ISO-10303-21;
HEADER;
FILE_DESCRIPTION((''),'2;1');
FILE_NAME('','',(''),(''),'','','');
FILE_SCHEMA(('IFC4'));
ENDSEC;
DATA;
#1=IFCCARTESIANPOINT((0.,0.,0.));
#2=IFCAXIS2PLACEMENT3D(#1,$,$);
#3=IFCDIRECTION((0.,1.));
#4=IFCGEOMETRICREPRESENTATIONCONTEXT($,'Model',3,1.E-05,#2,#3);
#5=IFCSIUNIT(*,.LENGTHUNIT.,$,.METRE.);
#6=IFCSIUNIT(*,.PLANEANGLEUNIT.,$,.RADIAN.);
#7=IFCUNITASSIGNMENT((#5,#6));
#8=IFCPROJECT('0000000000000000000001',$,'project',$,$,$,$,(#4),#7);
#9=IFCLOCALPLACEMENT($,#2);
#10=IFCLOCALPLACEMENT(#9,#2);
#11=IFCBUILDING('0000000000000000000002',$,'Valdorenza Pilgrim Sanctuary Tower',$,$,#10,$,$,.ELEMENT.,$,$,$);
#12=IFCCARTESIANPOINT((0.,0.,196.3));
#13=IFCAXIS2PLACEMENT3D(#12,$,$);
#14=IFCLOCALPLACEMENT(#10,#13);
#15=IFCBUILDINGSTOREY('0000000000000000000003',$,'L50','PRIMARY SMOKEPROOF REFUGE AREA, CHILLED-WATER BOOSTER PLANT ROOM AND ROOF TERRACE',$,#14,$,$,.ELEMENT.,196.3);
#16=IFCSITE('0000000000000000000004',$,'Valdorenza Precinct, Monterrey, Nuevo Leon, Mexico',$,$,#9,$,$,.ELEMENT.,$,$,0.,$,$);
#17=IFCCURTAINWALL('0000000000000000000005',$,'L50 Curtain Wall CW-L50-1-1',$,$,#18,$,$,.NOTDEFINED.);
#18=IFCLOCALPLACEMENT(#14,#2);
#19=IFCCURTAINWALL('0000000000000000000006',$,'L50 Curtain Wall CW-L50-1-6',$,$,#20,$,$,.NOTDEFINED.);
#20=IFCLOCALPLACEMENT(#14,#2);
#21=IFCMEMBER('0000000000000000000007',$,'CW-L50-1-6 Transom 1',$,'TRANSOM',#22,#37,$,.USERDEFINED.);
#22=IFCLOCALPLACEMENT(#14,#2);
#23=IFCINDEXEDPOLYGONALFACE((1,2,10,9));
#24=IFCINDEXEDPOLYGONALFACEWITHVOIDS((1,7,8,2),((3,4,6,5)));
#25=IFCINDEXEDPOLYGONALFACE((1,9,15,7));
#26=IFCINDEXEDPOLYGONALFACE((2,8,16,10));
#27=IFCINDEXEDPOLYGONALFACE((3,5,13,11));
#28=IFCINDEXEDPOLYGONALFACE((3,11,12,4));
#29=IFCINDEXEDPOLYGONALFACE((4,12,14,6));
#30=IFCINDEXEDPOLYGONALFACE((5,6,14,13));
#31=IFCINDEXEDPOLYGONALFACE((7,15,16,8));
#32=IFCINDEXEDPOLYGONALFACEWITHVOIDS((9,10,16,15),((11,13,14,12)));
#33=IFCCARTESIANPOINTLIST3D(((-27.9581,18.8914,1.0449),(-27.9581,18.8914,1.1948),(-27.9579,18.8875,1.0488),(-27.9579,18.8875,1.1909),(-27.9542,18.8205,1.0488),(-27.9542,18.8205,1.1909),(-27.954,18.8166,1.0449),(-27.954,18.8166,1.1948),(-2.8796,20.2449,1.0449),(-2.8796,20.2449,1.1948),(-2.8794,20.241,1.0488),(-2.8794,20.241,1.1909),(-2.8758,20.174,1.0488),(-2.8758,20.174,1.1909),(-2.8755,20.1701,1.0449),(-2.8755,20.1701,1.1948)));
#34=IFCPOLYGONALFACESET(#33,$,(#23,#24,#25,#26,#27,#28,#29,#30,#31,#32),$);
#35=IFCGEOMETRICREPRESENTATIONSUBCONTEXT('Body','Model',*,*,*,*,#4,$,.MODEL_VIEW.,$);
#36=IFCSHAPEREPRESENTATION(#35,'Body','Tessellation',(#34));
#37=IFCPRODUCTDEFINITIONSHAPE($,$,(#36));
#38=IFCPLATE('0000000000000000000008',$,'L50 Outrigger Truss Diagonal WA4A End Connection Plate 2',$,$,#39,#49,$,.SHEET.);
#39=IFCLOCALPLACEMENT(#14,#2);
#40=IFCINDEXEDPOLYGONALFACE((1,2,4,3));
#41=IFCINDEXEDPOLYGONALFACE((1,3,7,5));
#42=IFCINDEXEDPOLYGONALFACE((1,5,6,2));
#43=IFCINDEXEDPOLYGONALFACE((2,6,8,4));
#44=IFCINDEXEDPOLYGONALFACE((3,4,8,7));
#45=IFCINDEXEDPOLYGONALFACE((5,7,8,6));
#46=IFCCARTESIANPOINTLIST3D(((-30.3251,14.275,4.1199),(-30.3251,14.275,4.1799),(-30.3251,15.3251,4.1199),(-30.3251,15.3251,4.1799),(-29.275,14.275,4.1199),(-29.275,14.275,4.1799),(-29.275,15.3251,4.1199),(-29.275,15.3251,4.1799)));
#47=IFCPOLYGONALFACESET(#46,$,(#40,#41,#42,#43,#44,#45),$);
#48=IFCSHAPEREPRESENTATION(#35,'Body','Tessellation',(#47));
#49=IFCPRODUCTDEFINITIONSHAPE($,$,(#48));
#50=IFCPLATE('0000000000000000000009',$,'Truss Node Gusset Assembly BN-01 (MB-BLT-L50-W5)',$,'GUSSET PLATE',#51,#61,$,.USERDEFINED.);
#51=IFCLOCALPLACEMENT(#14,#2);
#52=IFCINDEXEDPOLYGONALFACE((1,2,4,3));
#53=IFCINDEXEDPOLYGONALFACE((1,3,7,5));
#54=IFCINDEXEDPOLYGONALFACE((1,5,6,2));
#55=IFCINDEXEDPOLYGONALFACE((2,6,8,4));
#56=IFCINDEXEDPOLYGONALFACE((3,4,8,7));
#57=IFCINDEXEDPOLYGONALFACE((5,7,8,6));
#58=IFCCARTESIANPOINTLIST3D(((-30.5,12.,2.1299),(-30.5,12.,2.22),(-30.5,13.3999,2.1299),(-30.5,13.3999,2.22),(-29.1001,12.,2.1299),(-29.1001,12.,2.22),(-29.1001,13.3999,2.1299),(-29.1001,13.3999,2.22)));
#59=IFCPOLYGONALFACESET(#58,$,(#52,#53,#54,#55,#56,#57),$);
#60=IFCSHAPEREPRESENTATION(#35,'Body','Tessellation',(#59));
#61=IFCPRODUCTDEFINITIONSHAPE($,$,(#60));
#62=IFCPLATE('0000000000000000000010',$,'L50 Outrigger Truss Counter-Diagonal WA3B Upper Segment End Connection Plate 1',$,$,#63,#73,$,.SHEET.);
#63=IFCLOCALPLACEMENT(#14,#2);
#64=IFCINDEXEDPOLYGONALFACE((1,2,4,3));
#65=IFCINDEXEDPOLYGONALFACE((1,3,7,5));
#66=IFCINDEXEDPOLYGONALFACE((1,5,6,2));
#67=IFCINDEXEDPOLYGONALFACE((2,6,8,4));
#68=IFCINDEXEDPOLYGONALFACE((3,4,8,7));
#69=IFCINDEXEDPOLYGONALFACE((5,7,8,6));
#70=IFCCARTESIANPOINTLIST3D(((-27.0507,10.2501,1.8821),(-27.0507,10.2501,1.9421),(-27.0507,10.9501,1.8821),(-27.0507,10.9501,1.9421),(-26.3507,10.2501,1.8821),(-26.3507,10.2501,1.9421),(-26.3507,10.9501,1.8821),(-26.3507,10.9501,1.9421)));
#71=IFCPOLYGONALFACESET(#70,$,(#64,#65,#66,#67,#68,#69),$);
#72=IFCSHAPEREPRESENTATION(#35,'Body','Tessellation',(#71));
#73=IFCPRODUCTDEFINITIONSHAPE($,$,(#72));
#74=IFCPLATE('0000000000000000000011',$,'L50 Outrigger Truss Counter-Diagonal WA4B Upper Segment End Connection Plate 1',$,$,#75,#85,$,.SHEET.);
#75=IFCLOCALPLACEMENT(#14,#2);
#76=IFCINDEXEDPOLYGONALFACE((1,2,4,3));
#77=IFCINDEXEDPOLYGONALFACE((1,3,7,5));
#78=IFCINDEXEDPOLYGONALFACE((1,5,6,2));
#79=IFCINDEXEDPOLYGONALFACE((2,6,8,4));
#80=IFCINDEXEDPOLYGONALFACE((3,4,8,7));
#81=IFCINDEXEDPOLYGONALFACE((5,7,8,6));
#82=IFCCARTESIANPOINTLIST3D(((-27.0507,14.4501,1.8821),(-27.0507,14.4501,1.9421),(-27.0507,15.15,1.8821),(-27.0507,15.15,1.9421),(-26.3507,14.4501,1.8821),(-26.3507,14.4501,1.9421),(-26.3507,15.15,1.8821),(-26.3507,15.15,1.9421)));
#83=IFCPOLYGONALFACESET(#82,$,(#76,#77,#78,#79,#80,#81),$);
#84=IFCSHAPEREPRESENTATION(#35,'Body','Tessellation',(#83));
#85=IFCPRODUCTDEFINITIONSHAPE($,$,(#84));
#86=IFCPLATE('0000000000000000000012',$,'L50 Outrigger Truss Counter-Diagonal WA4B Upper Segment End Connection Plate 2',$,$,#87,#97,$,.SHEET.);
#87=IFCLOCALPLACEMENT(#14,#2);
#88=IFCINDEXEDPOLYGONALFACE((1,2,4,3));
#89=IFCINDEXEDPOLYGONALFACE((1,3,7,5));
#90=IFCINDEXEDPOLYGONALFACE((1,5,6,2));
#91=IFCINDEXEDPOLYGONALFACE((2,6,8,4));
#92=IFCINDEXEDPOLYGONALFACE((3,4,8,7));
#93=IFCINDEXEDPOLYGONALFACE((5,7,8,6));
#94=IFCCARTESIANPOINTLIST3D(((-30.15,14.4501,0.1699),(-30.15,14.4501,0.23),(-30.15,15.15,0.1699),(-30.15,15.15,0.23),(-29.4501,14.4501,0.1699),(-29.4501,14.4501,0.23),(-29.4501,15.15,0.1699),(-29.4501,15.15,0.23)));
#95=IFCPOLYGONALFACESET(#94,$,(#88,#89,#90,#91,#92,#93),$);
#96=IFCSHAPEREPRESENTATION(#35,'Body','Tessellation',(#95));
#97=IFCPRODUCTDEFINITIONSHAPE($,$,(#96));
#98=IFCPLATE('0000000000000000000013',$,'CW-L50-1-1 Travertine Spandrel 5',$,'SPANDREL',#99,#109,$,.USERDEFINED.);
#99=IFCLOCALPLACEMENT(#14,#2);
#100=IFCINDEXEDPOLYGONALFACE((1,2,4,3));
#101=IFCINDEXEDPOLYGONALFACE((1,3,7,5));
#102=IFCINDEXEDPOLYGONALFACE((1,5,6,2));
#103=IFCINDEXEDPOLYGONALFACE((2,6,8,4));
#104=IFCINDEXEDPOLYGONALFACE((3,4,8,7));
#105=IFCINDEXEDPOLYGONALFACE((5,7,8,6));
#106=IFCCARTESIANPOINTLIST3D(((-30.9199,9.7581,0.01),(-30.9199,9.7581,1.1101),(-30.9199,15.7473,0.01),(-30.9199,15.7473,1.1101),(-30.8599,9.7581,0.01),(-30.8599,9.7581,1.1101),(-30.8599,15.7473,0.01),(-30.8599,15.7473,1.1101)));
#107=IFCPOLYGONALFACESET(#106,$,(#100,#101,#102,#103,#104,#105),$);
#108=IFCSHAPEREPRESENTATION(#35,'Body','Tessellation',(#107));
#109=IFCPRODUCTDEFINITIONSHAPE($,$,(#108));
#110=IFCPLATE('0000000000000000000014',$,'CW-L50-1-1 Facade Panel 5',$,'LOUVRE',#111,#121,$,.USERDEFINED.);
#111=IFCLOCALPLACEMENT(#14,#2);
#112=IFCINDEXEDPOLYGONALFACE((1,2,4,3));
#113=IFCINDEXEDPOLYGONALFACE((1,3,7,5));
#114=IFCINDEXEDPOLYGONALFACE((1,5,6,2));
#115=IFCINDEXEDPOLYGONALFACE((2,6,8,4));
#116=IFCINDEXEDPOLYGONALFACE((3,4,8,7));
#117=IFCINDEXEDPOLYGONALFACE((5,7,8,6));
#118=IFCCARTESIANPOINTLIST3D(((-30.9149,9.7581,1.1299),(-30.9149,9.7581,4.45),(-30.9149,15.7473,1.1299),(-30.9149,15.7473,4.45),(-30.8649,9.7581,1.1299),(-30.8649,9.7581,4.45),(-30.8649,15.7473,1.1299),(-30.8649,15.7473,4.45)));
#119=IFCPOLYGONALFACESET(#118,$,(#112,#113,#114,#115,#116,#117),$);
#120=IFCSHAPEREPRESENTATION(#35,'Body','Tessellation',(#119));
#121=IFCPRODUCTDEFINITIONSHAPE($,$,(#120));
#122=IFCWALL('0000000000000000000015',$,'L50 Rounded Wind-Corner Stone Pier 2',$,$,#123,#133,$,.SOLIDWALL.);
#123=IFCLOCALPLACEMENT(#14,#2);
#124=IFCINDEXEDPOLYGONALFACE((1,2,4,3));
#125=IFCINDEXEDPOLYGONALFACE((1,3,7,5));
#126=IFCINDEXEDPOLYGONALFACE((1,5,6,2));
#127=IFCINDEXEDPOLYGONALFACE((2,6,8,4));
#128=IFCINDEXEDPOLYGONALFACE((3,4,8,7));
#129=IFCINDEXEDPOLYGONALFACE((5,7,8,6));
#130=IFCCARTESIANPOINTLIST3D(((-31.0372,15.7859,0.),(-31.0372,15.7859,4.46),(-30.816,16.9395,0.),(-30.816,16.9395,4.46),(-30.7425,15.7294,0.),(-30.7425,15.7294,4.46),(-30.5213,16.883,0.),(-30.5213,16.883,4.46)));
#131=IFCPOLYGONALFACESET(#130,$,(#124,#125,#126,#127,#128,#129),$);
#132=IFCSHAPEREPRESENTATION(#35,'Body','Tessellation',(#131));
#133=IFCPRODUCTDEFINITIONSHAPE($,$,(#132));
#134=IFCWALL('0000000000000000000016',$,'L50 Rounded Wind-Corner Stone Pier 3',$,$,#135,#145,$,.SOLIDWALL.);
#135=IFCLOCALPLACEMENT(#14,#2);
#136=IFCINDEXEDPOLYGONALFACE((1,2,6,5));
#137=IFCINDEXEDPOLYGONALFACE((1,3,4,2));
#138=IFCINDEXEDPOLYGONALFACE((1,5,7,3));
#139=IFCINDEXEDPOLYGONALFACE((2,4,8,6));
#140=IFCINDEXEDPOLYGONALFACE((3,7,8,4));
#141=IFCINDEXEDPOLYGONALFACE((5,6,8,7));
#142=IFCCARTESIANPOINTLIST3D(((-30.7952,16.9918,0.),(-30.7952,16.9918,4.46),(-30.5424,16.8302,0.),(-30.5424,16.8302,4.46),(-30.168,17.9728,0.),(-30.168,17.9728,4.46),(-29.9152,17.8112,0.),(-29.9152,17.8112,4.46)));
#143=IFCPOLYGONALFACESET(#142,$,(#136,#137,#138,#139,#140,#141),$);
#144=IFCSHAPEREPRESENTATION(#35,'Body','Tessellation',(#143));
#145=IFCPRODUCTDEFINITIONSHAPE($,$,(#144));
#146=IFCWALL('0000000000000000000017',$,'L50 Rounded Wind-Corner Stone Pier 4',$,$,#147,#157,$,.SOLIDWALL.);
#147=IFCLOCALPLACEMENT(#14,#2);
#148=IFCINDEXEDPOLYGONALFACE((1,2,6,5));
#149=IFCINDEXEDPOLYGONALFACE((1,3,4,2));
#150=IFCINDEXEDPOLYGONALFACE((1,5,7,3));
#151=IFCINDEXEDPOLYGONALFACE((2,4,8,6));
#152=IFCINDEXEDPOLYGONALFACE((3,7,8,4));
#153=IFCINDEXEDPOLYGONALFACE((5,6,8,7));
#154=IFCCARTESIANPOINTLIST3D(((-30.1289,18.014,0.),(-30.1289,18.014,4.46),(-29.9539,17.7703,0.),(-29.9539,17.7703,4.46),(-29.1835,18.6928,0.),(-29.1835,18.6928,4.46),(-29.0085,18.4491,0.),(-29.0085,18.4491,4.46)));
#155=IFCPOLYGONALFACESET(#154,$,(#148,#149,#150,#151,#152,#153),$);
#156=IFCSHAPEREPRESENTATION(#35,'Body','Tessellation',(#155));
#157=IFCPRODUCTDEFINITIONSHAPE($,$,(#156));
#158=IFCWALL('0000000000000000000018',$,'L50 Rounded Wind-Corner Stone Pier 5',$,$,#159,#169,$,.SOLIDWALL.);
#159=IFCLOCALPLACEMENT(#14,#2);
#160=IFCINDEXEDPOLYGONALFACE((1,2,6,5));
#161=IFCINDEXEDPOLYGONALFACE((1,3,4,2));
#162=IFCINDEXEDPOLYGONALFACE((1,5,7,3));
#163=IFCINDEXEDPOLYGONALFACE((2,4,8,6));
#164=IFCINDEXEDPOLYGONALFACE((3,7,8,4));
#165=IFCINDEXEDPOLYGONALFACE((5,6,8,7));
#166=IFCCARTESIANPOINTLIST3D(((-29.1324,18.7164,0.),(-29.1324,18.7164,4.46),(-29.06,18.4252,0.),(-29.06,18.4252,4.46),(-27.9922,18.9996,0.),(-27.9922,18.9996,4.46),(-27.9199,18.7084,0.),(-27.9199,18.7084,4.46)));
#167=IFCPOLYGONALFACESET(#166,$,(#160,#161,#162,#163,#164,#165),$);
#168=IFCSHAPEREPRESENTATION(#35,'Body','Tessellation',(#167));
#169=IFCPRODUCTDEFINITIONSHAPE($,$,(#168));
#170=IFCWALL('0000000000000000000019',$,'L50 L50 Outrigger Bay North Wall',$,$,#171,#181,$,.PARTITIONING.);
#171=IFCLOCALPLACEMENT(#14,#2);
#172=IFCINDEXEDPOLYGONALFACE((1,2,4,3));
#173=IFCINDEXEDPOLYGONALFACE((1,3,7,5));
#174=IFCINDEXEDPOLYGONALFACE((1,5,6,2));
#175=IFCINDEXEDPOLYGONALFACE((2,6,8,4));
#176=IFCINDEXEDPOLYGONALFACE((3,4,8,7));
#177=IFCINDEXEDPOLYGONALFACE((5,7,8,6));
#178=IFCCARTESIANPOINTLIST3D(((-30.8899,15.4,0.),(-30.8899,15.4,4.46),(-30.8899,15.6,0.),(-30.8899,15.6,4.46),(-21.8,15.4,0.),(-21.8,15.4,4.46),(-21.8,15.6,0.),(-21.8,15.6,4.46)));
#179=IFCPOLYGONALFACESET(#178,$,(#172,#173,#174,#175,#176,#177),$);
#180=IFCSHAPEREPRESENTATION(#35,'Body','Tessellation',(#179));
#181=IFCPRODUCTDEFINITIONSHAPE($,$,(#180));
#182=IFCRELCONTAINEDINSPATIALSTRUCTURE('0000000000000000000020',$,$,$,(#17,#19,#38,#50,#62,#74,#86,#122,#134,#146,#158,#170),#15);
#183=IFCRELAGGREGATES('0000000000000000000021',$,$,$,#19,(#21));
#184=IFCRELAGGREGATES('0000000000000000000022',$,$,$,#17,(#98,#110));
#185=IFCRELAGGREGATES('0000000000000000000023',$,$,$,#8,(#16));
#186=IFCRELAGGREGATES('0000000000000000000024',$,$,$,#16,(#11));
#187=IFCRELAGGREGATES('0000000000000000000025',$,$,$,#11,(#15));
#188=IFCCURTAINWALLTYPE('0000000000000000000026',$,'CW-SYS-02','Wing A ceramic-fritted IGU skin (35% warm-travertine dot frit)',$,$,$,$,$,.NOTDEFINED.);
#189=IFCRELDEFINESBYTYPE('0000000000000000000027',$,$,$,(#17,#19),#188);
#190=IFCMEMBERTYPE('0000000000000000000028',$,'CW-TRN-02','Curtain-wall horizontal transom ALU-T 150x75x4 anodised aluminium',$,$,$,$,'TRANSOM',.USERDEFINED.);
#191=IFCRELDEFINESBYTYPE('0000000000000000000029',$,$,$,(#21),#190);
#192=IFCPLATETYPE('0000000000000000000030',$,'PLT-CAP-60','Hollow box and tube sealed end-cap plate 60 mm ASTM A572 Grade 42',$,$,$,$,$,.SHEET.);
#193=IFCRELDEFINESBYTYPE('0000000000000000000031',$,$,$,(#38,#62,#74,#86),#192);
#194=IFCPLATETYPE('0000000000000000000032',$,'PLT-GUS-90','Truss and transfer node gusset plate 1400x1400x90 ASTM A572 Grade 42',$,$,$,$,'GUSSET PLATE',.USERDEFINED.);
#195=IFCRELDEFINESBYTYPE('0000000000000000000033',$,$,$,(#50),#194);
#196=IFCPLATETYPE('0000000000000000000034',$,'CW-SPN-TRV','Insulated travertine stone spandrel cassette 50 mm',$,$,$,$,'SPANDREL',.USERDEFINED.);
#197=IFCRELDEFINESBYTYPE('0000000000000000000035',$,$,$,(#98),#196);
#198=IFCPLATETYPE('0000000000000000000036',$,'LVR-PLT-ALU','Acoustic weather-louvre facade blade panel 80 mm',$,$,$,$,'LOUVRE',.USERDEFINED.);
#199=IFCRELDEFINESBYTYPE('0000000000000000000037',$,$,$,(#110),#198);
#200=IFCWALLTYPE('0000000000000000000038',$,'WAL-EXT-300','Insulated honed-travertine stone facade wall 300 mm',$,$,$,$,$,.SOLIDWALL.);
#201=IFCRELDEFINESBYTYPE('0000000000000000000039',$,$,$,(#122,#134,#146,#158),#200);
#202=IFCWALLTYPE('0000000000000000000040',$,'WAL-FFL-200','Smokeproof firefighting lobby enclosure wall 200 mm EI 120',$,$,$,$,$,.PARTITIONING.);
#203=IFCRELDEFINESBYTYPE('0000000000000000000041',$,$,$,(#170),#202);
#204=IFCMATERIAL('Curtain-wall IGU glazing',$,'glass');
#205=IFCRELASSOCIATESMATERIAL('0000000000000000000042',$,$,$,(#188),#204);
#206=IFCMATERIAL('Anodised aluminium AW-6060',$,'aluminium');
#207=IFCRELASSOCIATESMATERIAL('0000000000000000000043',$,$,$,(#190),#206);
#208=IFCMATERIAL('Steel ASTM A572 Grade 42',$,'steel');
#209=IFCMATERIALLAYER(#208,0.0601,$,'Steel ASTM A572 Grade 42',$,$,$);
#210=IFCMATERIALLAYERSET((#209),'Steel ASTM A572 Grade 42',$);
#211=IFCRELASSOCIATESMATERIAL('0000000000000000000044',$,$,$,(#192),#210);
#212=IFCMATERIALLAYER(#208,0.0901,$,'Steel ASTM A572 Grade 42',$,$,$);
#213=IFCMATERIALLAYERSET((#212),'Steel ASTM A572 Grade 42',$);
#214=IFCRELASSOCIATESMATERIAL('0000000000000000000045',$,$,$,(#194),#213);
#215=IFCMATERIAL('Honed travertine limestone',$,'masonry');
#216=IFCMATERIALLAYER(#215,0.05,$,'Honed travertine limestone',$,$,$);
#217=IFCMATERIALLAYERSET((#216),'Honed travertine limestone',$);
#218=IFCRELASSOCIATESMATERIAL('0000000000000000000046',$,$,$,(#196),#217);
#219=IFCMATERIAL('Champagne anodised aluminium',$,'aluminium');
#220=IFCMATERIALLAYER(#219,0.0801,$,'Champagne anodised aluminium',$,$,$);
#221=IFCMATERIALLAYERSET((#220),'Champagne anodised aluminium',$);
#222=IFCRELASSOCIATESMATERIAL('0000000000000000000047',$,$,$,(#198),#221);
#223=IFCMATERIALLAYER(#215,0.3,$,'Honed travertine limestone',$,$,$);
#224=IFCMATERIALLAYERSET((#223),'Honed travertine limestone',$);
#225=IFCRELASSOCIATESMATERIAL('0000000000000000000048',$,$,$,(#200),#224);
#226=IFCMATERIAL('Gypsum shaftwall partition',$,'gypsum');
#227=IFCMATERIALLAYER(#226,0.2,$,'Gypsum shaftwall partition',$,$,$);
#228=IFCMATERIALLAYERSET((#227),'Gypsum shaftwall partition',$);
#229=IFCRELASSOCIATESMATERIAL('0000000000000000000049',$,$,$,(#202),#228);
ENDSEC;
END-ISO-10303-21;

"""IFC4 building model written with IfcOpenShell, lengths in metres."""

from ifc_helpers import new_model, si_unit, direction, frame, frame_2d, origin, origin_2d, place, context, subcontext, project, spatial, rectangle, hollow_rectangle, extrude, source, transform, mapped, material, layer, layer_set, material_profile, profile_set, type_object, element, aggregate, save


model = new_model("IFC4")

# Units and contexts
model_context = context("Model", 3, precision=1e-05, world=origin(), true_north=direction((0.0, 1.0)))
body_context = subcontext(model_context, "Body", "Model", "MODEL_VIEW")
ifc_project = project(units=[si_unit("LENGTHUNIT", "METRE"), si_unit("PLANEANGLEUNIT", "RADIAN")], contexts=[model_context])

# Site, building, storey
site_placement = place(None, origin())
site = spatial("IfcSite", under=ifc_project, at=site_placement, Name="Valdorenza Precinct, Monterrey, Nuevo Leon, Mexico", CompositionType="ELEMENT", RefElevation=0.0)
building_placement = place(site_placement, origin())
building = spatial("IfcBuilding", under=site, at=building_placement, Name="Valdorenza Pilgrim Sanctuary Tower", CompositionType="ELEMENT")
storey_placement = place(building_placement, frame((0.0, 0.0, 196.3)))
storey = spatial("IfcBuildingStorey", under=building, at=storey_placement, Name="L50", Description="PRIMARY SMOKEPROOF REFUGE AREA, CHILLED-WATER BOOSTER PLANT ROOM AND ROOF TERRACE", CompositionType="ELEMENT", Elevation=196.3)

# Curtain wall
ifc_material_1 = material(Name="Curtain-wall IGU glazing", Category="glass")
curtain_wall_type = type_object("IfcCurtainWallType", Name="CW-SYS-02", Description="Wing A ceramic-fritted IGU skin (35% warm-travertine dot frit)", PredefinedType="NOTDEFINED", material=ifc_material_1)
curtain_wall_1_placement = place(storey_placement, origin())
curtain_wall_1 = element("IfcCurtainWall", 1, at=curtain_wall_1_placement, inside=storey, type_object=curtain_wall_type, Name="L50 Curtain Wall CW-L50-1-1", PredefinedType="NOTDEFINED")
ifc_material_2 = material(Name="Anodised aluminium AW-6060", Category="aluminium")

# Curtain wall, member
curtain_wall_2_placement = place(storey_placement, origin())
curtain_wall_2 = element("IfcCurtainWall", 2, at=curtain_wall_2_placement, inside=storey, type_object=curtain_wall_type, Name="L50 Curtain Wall CW-L50-1-6", PredefinedType="NOTDEFINED")
ifc_material_profile_1 = material_profile(ifc_material_2, hollow_rectangle(XDim=0.075, YDim=0.1499, WallThickness=0.0039, at=origin_2d()), Name="ALU-T 150x75x4")
ifc_profile_set_1 = profile_set([ifc_material_profile_1], Name="Anodised aluminium AW-6060")
member_type_1 = type_object("IfcMemberType", Name="CW-TRN-02", Description="Curtain-wall horizontal transom ALU-T 150x75x4 anodised aluminium", ElementType="TRANSOM", PredefinedType="USERDEFINED", material=ifc_profile_set_1)
shared_shape_1 = source(origin(), body_context, "Body", "SweptSolid", [
    extrude(hollow_rectangle(XDim=0.075, YDim=0.1499, WallThickness=0.0039, at=origin_2d()), origin(), (0.0, 0.0, 1.0), 25.115),
])
member_1_placement = place(storey_placement, frame((-27.9561, 18.854, 1.1199), z_axis=(0.998547, 0.053893, 0.0), x_axis=(-0.053893, 0.998547, 0.0)))
member_1 = element("IfcMember", 3, at=member_1_placement, type_object=member_type_1, Name="CW-L50-1-6 Transom 1", ObjectType="TRANSOM", PredefinedType="USERDEFINED", context=body_context, shape_type="MappedRepresentation", body=[
    mapped(shared_shape_1, transform((0.0, 0.0, 0.0), x_axis=(1.0, 0.0, 0.0), y_axis=(0.0, 1.0, 0.0), z_axis=(0.0, 0.0, 1.0), scale=1.0)),
])
aggregate(curtain_wall_2, [member_1])

# Plates
ifc_material_3 = material(Name="Steel ASTM A572 Grade 42", Category="steel")
ifc_layer_1 = layer(ifc_material_3, 0.0601, Name="Steel ASTM A572 Grade 42")
ifc_layer_set_1 = layer_set([ifc_layer_1], Name="Steel ASTM A572 Grade 42")
plate_type_1 = type_object("IfcPlateType", Name="PLT-CAP-60", Description="Hollow box and tube sealed end-cap plate 60 mm ASTM A572 Grade 42", PredefinedType="SHEET", material=ifc_layer_set_1)
shared_shape_2 = source(origin(), body_context, "Body", "SweptSolid", [
    extrude(rectangle(XDim=1.05, YDim=1.05, at=origin_2d()), origin(), (0.0, 0.0, 1.0), 0.0601),
])
plate_1_placement = place(storey_placement, frame((-29.8, 14.8, 4.1199), z_axis=(0.0, 0.0, 1.0), x_axis=(1.0, 0.0, 0.0)))
element("IfcPlate", 4, at=plate_1_placement, inside=storey, type_object=plate_type_1, Name="L50 Outrigger Truss Diagonal WA4A End Connection Plate 2", PredefinedType="SHEET", context=body_context, shape_type="MappedRepresentation", body=[
    mapped(shared_shape_2, transform((0.0, 0.0, 0.0), x_axis=(1.0, 0.0, 0.0), y_axis=(0.0, 1.0, 0.0), z_axis=(0.0, 0.0, 1.0), scale=1.0)),
])
ifc_layer_2 = layer(ifc_material_3, 0.0901, Name="Steel ASTM A572 Grade 42")
ifc_layer_set_2 = layer_set([ifc_layer_2], Name="Steel ASTM A572 Grade 42")
plate_type_2 = type_object("IfcPlateType", Name="PLT-GUS-90", Description="Truss and transfer node gusset plate 1400x1400x90 ASTM A572 Grade 42", ElementType="GUSSET PLATE", PredefinedType="USERDEFINED", material=ifc_layer_set_2)
shared_shape_3 = source(origin(), body_context, "Body", "SweptSolid", [
    extrude(rectangle(XDim=1.3999, YDim=1.3999, at=origin_2d()), origin(), (0.0, 0.0, 1.0), 0.0901),
])
plate_2_placement = place(storey_placement, frame((-29.8, 12.7, 2.1299), z_axis=(0.0, 0.0, 1.0), x_axis=(1.0, 0.0, 0.0)))
element("IfcPlate", 5, at=plate_2_placement, inside=storey, type_object=plate_type_2, Name="Truss Node Gusset Assembly BN-01 (MB-BLT-L50-W5)", ObjectType="GUSSET PLATE", PredefinedType="USERDEFINED", context=body_context, shape_type="MappedRepresentation", body=[
    mapped(shared_shape_3, transform((0.0, 0.0, 0.0), x_axis=(1.0, 0.0, 0.0), y_axis=(0.0, 1.0, 0.0), z_axis=(0.0, 0.0, 1.0), scale=1.0)),
])
shared_shape_4 = source(origin(), body_context, "Body", "SweptSolid", [
    extrude(rectangle(XDim=0.7, YDim=0.7, at=origin_2d()), origin(), (0.0, 0.0, 1.0), 0.0601),
])
for number, where, z_axis, x_axis, name in (
    (6, (-26.7007, 10.6001, 1.8821), (0.0, 0.0, 1.0), (1.0, 0.0, 0.0), "L50 Outrigger Truss Counter-Diagonal WA3B Upper Segment End Connection Plate 1"),
    (7, (-26.7007, 14.8, 1.8821), (0.0, 0.0, 1.0), (1.0, 0.0, 0.0), "L50 Outrigger Truss Counter-Diagonal WA4B Upper Segment End Connection Plate 1"),
    (8, (-29.8, 14.8, 0.1699), (0.0, 0.0, 1.0), (1.0, 0.0, 0.0), "L50 Outrigger Truss Counter-Diagonal WA4B Upper Segment End Connection Plate 2"),
):
    element("IfcPlate", number, at=place(storey_placement, frame(where, z_axis=z_axis, x_axis=x_axis)), inside=storey, type_object=plate_type_1, Name=name, PredefinedType="SHEET", context=body_context, shape_type="MappedRepresentation", body=[
        mapped(shared_shape_4, transform((0.0, 0.0, 0.0), x_axis=(1.0, 0.0, 0.0), y_axis=(0.0, 1.0, 0.0), z_axis=(0.0, 0.0, 1.0), scale=1.0)),
    ])

# Plates
ifc_material_4 = material(Name="Honed travertine limestone", Category="masonry")
ifc_layer_3 = layer(ifc_material_4, 0.05, Name="Honed travertine limestone")
ifc_layer_set_3 = layer_set([ifc_layer_3], Name="Honed travertine limestone")
plate_type_3 = type_object("IfcPlateType", Name="CW-SPN-TRV", Description="Insulated travertine stone spandrel cassette 50 mm", ElementType="SPANDREL", PredefinedType="USERDEFINED", material=ifc_layer_set_3)
shared_shape_5 = source(origin(), body_context, "Body", "SweptSolid", [
    extrude(rectangle(XDim=5.9893, YDim=0.0601, at=origin_2d()), origin(), (0.0, 0.0, 1.0), 1.1001),
])
plate_3_placement = place(storey_placement, frame((-30.8899, 12.7527, 0.01), z_axis=(0.0, 0.0, 1.0), x_axis=(0.0, 1.0, 0.0)))
plate_3 = element("IfcPlate", 9, at=plate_3_placement, type_object=plate_type_3, Name="CW-L50-1-1 Travertine Spandrel 5", ObjectType="SPANDREL", PredefinedType="USERDEFINED", context=body_context, shape_type="MappedRepresentation", body=[
    mapped(shared_shape_5, transform((0.0, 0.0, 0.0), x_axis=(1.0, 0.0, 0.0), y_axis=(0.0, 1.0, 0.0), z_axis=(0.0, 0.0, 1.0), scale=1.0)),
])
ifc_material_5 = material(Name="Champagne anodised aluminium", Category="aluminium")
ifc_layer_4 = layer(ifc_material_5, 0.0801, Name="Champagne anodised aluminium")
ifc_layer_set_4 = layer_set([ifc_layer_4], Name="Champagne anodised aluminium")
plate_type_4 = type_object("IfcPlateType", Name="LVR-PLT-ALU", Description="Acoustic weather-louvre facade blade panel 80 mm", ElementType="LOUVRE", PredefinedType="USERDEFINED", material=ifc_layer_set_4)
shared_shape_6 = source(origin(), body_context, "Body", "SweptSolid", [
    extrude(rectangle(XDim=5.9893, YDim=0.05, at=origin_2d()), origin(), (0.0, 0.0, 1.0), 3.3201),
])
plate_4_placement = place(storey_placement, frame((-30.8899, 12.7527, 1.1299), z_axis=(0.0, 0.0, 1.0), x_axis=(0.0, 1.0, 0.0)))
plate_4 = element("IfcPlate", 10, at=plate_4_placement, type_object=plate_type_4, Name="CW-L50-1-1 Facade Panel 5", ObjectType="LOUVRE", PredefinedType="USERDEFINED", context=body_context, shape_type="MappedRepresentation", body=[
    mapped(shared_shape_6, transform((0.0, 0.0, 0.0), x_axis=(1.0, 0.0, 0.0), y_axis=(0.0, 1.0, 0.0), z_axis=(0.0, 0.0, 1.0), scale=1.0)),
])
aggregate(curtain_wall_1, [plate_3, plate_4])

# Walls
ifc_layer_5 = layer(ifc_material_4, 0.3, Name="Honed travertine limestone")
ifc_layer_set_5 = layer_set([ifc_layer_5], Name="Honed travertine limestone")
wall_type_1 = type_object("IfcWallType", Name="WAL-EXT-300", Description="Insulated honed-travertine stone facade wall 300 mm", PredefinedType="SOLIDWALL", material=ifc_layer_set_5)
wall_1_placement = place(storey_placement, frame((-30.8899, 15.7576, 0.0), z_axis=(0.0, 0.0, 1.0), x_axis=(0.188315, 0.982109, 0.0)))
element("IfcWall", 11, at=wall_1_placement, inside=storey, type_object=wall_type_1, Name="L50 Rounded Wind-Corner Stone Pier 2", PredefinedType="SOLIDWALL", context=body_context, shape_type="SweptSolid", body=[
    extrude(rectangle(XDim=1.1746, YDim=0.3, at=frame_2d((0.5874, 0.0))), origin(), (0.0, 0.0, 1.0), 4.46),
])
wall_2_placement = place(storey_placement, frame((-30.6687, 16.9111, 0.0), z_axis=(0.0, 0.0, 1.0), x_axis=(0.538679, 0.842511, 0.0)))
element("IfcWall", 12, at=wall_2_placement, inside=storey, type_object=wall_type_1, Name="L50 Rounded Wind-Corner Stone Pier 3", PredefinedType="SOLIDWALL", context=body_context, shape_type="SweptSolid", body=[
    extrude(rectangle(XDim=1.1643, YDim=0.3, at=frame_2d((0.582, 0.0))), origin(), (0.0, 0.0, 1.0), 4.46),
])
wall_3_placement = place(storey_placement, frame((-30.0415, 17.8921, 0.0), z_axis=(0.0, 0.0, 1.0), x_axis=(0.812314, 0.583221, 0.0)))
element("IfcWall", 13, at=wall_3_placement, inside=storey, type_object=wall_type_1, Name="L50 Rounded Wind-Corner Stone Pier 4", PredefinedType="SOLIDWALL", context=body_context, shape_type="SweptSolid", body=[
    extrude(rectangle(XDim=1.1638, YDim=0.3, at=frame_2d((0.582, 0.0))), origin(), (0.0, 0.0, 1.0), 4.46),
])
wall_4_placement = place(storey_placement, frame((-29.0962, 18.5708, 0.0), z_axis=(0.0, 0.0, 1.0), x_axis=(0.970508, 0.241068, 0.0)))
element("IfcWall", 14, at=wall_4_placement, inside=storey, type_object=wall_type_1, Name="L50 Rounded Wind-Corner Stone Pier 5", PredefinedType="SOLIDWALL", context=body_context, shape_type="SweptSolid", body=[
    extrude(rectangle(XDim=1.1748, YDim=0.3, at=frame_2d((0.5874, 0.0))), origin(), (0.0, 0.0, 1.0), 4.46),
])
ifc_material_6 = material(Name="Gypsum shaftwall partition", Category="gypsum")
ifc_layer_6 = layer(ifc_material_6, 0.2, Name="Gypsum shaftwall partition")
ifc_layer_set_6 = layer_set([ifc_layer_6], Name="Gypsum shaftwall partition")
wall_type_2 = type_object("IfcWallType", Name="WAL-FFL-200", Description="Smokeproof firefighting lobby enclosure wall 200 mm EI 120", PredefinedType="PARTITIONING", material=ifc_layer_set_6)
wall_5_placement = place(storey_placement, frame((-30.8899, 15.5, 0.0), z_axis=(0.0, 0.0, 1.0), x_axis=(1.0, 0.0, 0.0)))
element("IfcWall", 15, at=wall_5_placement, inside=storey, type_object=wall_type_2, Name="L50 L50 Outrigger Bay North Wall", PredefinedType="PARTITIONING", context=body_context, shape_type="SweptSolid", body=[
    extrude(rectangle(XDim=9.0898, YDim=0.2, at=frame_2d((4.5449, 0.0))), origin(), (0.0, 0.0, 1.0), 4.46),
])

save(model, "model.ifc")
